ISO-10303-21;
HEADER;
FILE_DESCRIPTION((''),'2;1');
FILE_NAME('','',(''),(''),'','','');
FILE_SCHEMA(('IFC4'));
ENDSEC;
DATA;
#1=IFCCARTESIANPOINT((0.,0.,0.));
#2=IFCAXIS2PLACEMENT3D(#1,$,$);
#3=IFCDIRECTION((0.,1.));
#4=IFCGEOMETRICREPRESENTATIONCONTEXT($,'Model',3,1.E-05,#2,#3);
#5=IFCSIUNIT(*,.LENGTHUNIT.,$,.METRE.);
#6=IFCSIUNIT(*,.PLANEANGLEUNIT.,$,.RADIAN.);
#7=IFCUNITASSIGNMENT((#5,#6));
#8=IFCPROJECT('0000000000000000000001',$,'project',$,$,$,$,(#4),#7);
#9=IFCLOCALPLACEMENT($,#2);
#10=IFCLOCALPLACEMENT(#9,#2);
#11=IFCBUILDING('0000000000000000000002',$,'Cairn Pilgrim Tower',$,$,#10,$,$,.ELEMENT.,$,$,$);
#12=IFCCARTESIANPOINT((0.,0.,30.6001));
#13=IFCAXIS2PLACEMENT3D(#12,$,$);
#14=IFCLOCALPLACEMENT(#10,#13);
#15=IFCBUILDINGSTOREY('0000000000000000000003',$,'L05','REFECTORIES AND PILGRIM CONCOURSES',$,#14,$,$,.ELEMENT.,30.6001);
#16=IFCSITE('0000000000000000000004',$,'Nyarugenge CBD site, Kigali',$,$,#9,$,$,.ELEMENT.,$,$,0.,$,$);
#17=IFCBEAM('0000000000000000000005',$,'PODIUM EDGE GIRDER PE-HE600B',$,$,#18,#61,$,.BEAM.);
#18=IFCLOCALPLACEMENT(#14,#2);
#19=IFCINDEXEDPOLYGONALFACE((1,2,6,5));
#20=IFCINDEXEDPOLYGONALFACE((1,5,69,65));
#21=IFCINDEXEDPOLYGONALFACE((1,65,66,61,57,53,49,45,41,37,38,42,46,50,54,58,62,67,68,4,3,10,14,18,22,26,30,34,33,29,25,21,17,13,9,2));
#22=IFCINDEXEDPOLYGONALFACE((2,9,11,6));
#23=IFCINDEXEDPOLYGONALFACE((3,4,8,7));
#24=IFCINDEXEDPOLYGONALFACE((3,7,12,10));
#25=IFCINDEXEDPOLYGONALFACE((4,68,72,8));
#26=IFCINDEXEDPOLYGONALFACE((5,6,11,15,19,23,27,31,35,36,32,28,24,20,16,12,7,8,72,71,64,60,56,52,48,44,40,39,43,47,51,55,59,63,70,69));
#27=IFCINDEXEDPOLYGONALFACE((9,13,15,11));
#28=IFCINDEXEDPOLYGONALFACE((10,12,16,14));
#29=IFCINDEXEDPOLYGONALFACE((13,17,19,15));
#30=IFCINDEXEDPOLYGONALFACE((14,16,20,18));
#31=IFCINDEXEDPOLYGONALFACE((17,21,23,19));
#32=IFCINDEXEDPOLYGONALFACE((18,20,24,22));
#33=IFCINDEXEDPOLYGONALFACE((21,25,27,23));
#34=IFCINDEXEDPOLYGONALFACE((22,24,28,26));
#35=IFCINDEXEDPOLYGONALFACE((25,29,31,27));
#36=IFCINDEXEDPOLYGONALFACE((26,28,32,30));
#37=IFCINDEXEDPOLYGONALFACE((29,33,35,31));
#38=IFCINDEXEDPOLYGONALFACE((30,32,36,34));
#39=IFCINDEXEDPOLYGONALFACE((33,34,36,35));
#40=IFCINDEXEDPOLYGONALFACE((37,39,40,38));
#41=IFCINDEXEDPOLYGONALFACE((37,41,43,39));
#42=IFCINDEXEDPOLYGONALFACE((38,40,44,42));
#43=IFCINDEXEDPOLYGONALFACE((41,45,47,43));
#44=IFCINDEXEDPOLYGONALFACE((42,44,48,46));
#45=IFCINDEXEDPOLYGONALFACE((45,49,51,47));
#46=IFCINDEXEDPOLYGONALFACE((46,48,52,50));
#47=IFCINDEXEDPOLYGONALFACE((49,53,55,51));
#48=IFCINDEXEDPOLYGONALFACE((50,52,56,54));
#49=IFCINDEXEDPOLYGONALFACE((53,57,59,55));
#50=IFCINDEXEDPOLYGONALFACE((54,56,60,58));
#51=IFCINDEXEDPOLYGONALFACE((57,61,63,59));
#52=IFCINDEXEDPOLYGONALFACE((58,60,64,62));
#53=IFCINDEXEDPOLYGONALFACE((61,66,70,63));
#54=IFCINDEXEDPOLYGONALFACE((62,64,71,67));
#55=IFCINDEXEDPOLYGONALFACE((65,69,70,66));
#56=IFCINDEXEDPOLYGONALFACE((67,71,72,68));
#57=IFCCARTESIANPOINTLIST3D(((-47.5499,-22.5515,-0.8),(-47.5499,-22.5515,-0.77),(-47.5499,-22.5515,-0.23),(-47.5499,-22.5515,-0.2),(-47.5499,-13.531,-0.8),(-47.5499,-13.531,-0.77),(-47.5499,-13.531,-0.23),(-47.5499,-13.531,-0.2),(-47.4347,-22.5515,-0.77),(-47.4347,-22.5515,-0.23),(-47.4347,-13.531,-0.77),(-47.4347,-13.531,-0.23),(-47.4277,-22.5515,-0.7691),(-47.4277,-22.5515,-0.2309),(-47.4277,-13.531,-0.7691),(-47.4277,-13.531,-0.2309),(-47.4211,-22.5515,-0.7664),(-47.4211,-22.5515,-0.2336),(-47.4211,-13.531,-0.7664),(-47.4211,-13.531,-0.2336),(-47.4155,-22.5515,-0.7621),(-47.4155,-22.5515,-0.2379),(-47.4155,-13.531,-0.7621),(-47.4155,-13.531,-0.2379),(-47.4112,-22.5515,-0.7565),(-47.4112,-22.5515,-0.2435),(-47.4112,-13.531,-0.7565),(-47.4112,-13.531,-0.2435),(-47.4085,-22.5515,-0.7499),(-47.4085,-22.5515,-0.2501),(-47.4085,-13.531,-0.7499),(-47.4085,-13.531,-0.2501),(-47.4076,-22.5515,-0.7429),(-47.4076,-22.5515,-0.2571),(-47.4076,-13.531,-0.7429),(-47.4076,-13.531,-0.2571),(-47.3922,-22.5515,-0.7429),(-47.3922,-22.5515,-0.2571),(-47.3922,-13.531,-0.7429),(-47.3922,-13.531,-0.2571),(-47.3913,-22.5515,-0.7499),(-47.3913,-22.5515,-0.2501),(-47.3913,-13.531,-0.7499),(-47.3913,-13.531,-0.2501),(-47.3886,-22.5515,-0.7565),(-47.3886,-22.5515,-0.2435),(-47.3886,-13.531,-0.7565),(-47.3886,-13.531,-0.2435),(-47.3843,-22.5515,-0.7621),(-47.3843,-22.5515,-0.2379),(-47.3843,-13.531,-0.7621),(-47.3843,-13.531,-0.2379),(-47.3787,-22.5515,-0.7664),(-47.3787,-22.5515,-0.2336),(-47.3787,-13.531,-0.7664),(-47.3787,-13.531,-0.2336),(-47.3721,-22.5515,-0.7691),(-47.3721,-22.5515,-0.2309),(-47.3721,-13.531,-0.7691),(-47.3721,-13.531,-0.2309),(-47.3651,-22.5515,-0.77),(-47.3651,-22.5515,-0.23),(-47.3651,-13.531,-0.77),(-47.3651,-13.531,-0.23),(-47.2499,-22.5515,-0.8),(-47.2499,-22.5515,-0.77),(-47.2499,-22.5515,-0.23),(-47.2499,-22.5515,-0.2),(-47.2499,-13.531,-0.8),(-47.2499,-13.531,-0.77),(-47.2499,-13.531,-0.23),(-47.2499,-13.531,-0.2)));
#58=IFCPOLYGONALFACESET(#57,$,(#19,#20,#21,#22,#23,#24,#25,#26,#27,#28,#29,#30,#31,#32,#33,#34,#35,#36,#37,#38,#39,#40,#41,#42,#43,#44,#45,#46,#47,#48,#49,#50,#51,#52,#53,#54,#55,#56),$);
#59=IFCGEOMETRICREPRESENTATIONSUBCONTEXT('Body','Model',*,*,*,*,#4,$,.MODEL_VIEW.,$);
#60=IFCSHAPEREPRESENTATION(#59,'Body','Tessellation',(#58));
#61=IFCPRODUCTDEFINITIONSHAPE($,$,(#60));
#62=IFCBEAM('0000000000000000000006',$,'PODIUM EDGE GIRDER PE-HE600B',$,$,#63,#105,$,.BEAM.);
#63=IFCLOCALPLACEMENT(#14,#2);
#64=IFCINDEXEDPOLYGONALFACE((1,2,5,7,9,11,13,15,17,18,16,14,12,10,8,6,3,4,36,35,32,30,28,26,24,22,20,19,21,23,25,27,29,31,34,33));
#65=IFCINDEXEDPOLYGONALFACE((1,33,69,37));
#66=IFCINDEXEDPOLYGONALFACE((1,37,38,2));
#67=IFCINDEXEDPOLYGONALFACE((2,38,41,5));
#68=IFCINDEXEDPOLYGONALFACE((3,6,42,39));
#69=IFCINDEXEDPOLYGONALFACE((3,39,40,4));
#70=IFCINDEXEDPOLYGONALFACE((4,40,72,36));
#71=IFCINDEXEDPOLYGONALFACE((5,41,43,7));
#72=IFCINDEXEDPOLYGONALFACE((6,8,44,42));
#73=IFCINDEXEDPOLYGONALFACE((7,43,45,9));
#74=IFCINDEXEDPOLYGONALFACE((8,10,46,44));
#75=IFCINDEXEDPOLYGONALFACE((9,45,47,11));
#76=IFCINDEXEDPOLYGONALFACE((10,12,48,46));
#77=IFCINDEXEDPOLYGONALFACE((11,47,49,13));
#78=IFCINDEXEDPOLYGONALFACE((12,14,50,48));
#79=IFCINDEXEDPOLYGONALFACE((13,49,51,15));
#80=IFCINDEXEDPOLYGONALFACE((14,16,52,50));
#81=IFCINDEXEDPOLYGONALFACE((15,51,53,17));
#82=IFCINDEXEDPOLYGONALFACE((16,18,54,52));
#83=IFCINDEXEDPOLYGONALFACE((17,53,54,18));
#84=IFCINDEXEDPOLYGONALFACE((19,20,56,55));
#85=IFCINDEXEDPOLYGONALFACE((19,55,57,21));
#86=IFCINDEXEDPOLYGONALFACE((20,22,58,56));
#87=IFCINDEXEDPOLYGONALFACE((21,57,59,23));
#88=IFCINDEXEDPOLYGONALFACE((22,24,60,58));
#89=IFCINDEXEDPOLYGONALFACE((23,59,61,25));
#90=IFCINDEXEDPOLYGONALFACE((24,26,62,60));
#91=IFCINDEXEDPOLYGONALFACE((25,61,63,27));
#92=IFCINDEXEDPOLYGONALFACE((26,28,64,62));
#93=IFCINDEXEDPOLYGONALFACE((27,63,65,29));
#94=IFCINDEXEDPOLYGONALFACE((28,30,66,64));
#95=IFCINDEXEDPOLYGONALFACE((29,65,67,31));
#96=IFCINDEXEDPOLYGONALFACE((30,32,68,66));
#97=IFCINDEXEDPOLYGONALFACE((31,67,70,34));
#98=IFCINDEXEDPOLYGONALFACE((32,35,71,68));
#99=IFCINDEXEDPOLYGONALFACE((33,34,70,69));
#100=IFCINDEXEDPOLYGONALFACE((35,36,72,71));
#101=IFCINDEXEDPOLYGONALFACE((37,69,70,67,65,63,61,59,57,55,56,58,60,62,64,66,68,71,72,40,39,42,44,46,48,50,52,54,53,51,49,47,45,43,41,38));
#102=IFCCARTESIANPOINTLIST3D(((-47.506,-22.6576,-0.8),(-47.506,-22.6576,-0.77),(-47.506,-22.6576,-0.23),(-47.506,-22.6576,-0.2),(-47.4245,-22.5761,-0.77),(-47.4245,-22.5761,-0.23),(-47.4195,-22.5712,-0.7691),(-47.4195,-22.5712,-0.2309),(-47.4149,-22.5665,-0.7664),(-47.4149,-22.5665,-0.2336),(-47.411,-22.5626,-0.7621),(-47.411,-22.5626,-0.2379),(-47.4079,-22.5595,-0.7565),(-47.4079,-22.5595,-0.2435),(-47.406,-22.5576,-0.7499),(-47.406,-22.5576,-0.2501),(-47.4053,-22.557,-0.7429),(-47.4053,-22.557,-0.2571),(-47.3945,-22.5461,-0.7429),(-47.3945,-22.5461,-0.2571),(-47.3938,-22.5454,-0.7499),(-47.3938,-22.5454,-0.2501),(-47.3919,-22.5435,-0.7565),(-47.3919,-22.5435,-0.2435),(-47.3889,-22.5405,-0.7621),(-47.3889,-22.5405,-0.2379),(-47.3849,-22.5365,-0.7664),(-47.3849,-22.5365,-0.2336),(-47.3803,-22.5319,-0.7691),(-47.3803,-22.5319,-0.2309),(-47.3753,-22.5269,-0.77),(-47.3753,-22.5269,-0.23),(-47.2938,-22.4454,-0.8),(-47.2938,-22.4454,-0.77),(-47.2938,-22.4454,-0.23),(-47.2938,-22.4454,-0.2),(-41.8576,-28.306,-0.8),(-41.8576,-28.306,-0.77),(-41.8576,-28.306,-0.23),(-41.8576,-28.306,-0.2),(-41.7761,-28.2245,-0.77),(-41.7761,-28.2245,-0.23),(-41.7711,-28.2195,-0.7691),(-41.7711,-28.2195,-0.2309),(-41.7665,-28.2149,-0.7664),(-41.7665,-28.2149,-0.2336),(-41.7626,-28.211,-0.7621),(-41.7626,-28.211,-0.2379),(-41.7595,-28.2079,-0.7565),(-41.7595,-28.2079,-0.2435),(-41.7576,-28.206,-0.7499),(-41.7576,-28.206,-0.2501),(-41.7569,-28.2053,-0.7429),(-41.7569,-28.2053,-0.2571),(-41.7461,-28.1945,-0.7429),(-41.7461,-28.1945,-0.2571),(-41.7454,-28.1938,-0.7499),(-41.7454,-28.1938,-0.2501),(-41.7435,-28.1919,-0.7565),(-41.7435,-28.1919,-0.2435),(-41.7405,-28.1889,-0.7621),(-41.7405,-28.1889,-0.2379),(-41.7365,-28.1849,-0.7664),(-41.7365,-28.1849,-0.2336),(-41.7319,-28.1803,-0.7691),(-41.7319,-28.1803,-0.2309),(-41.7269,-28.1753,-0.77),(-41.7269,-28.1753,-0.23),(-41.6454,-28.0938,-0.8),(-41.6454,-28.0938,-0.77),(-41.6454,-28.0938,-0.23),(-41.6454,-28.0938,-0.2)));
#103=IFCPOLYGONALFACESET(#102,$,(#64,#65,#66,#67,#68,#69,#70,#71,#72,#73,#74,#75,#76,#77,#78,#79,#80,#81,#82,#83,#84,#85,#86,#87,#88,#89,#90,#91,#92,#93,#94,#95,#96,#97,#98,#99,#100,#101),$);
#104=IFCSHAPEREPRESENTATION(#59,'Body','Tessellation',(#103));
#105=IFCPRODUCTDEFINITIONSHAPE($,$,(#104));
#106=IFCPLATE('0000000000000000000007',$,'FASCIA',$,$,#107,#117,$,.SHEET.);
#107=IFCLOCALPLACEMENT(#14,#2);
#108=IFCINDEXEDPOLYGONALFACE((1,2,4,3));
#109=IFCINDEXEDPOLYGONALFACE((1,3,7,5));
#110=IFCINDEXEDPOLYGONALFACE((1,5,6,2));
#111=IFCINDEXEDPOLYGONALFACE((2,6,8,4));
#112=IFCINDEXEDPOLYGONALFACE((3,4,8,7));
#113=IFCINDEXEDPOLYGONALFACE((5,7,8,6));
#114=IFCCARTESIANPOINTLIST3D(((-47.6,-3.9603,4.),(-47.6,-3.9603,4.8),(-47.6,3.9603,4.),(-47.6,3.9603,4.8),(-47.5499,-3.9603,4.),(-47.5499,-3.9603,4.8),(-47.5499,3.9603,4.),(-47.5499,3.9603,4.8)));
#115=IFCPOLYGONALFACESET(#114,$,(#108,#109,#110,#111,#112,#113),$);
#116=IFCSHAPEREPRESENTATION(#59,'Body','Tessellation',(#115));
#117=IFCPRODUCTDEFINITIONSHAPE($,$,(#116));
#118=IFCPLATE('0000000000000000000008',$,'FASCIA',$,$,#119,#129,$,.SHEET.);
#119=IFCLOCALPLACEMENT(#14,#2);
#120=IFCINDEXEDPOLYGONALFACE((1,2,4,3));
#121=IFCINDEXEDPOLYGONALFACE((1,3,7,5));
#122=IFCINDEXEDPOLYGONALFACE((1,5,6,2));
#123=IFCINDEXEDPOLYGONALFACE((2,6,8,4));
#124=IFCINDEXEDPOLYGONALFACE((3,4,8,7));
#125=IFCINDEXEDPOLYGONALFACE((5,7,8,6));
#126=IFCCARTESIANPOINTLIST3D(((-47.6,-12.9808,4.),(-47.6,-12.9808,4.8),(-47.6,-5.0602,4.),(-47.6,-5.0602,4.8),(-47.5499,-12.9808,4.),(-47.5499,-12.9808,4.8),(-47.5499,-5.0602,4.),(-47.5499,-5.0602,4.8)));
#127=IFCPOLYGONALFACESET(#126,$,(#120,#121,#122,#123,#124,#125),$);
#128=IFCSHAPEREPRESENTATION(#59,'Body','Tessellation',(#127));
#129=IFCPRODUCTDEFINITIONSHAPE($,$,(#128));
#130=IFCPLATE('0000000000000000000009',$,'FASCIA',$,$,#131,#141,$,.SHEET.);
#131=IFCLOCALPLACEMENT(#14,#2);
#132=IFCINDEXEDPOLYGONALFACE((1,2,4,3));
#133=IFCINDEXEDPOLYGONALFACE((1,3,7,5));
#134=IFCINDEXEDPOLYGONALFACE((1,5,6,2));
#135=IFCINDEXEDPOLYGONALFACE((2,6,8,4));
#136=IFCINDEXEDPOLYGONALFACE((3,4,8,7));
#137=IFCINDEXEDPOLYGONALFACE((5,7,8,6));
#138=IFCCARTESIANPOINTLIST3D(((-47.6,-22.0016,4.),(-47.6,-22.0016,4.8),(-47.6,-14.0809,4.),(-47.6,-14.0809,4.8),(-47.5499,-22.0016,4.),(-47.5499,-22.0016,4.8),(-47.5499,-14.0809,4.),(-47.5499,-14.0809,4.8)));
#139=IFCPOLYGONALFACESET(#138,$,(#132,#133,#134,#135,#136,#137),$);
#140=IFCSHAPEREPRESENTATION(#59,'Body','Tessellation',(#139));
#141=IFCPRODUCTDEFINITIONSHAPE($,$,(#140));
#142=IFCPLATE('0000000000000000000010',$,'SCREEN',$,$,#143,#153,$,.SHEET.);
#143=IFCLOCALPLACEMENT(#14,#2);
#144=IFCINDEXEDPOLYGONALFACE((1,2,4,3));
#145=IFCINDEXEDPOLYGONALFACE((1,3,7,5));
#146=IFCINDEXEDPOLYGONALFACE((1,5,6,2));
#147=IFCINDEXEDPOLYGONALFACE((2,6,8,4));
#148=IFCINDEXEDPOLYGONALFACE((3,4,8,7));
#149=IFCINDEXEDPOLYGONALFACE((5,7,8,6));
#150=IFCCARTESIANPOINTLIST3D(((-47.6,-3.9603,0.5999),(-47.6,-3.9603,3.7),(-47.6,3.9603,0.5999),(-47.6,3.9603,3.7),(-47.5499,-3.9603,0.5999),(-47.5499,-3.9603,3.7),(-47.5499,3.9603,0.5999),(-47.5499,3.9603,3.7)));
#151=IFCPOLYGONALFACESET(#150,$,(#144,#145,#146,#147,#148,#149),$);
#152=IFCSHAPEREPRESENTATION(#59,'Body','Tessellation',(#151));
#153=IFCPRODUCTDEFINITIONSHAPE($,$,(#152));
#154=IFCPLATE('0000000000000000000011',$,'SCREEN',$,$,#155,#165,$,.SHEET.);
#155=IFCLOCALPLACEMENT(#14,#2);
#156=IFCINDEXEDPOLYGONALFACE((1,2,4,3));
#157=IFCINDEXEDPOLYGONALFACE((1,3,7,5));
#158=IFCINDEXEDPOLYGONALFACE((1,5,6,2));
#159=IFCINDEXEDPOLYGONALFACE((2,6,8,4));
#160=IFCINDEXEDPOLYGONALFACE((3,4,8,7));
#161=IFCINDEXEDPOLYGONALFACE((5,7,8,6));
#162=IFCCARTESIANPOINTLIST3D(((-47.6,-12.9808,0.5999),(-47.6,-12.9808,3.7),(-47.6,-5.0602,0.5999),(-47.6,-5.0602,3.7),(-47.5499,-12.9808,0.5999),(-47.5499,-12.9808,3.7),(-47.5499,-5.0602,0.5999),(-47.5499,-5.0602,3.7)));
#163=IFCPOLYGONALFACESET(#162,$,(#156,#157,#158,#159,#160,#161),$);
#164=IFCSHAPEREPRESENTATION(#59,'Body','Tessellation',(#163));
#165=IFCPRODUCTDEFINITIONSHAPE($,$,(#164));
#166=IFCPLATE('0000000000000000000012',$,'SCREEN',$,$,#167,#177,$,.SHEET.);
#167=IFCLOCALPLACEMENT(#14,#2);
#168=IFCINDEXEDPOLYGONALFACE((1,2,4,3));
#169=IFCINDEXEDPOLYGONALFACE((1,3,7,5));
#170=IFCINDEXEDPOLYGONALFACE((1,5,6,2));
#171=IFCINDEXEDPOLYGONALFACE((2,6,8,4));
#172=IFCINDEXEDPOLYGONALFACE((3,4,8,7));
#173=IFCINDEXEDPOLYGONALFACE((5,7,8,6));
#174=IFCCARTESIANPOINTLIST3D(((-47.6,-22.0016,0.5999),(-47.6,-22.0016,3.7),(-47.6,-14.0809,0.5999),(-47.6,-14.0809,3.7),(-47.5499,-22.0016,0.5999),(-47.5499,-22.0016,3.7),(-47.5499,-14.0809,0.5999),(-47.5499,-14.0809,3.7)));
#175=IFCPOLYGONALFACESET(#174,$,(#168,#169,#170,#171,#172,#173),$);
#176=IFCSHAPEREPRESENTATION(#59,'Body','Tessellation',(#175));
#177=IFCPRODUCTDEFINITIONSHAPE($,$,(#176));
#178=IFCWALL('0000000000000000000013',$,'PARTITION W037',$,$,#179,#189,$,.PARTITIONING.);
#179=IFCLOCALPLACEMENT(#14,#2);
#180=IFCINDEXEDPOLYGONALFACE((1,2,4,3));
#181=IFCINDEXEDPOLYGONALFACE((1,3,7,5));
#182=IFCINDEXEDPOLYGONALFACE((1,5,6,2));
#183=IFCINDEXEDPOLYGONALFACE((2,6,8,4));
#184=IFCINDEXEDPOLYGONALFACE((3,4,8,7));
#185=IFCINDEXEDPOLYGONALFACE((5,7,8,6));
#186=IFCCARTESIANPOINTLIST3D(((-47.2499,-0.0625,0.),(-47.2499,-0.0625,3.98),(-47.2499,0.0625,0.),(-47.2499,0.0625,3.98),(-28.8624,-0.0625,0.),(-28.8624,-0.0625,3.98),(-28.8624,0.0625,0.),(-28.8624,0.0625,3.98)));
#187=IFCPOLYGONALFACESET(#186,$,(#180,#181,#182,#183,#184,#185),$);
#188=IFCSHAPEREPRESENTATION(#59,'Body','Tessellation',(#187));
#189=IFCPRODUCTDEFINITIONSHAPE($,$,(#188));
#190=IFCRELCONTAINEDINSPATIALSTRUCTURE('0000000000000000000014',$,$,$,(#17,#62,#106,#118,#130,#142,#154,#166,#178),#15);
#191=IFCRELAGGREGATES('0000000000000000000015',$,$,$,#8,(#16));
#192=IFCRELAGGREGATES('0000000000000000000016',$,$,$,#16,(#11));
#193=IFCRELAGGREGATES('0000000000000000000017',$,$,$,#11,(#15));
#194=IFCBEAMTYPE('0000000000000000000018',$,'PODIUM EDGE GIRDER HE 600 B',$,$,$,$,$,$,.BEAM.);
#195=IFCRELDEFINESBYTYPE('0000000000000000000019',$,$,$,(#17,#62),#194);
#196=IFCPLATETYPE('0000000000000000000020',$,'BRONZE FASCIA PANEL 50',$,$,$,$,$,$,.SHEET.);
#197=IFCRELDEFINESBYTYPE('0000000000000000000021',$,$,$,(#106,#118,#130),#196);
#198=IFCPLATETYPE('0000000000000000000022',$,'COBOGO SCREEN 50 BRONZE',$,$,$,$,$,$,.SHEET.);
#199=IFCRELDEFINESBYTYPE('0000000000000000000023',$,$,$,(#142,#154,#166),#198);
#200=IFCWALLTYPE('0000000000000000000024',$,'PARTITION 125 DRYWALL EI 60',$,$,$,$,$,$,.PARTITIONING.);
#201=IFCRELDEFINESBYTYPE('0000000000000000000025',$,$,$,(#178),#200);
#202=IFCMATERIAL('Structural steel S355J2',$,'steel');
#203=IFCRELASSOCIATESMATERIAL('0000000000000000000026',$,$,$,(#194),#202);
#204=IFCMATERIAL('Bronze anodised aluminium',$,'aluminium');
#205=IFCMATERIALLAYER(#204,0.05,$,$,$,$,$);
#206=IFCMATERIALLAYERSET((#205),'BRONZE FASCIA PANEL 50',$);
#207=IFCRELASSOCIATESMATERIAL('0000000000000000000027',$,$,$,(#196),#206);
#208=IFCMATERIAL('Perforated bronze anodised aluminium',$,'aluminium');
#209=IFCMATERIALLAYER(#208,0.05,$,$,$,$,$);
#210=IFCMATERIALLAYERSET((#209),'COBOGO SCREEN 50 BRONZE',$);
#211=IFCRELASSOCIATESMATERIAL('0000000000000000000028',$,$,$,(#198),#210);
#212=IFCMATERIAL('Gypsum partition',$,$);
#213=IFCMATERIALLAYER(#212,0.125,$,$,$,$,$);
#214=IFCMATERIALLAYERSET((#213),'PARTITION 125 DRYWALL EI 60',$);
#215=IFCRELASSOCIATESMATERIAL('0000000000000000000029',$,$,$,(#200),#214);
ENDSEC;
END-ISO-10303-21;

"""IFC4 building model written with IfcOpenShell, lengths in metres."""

from ifc_helpers import new_model, si_unit, direction, frame, frame_2d, origin, origin_2d, place, context, subcontext, project, spatial, rectangle, i_section, extrude, material, layer, layer_set, material_profile, profile_set, type_object, element, save


model = new_model("IFC4")

# Units and contexts
model_context = context("Model", 3, precision=1e-05, world=origin(), true_north=direction((0.0, 1.0)))
body_context = subcontext(model_context, "Body", "Model", "MODEL_VIEW")
ifc_project = project(units=[si_unit("LENGTHUNIT", "METRE"), si_unit("PLANEANGLEUNIT", "RADIAN")], contexts=[model_context])

# Site, building, storey
site_placement = place(None, origin())
site = spatial("IfcSite", under=ifc_project, at=site_placement, Name="Nyarugenge CBD site, Kigali", CompositionType="ELEMENT", RefElevation=0.0)
building_placement = place(site_placement, origin())
building = spatial("IfcBuilding", under=site, at=building_placement, Name="Cairn Pilgrim Tower", CompositionType="ELEMENT")
storey_placement = place(building_placement, frame((0.0, 0.0, 30.6001)))
storey = spatial("IfcBuildingStorey", under=building, at=storey_placement, Name="L05", Description="REFECTORIES AND PILGRIM CONCOURSES", CompositionType="ELEMENT", Elevation=30.6001)

# Beams
ifc_material_1 = material(Name="Structural steel S355J2", Category="steel")
ifc_material_profile_1 = material_profile(ifc_material_1, i_section(OverallWidth=0.3, OverallDepth=0.6001, WebThickness=0.0154, FlangeThickness=0.03, FilletRadius=0.0271, at=origin_2d()), Name="HEB 600")
ifc_profile_set_1 = profile_set([ifc_material_profile_1], Name="Structural steel S355J2")
beam_type_1 = type_object("IfcBeamType", Name="PODIUM EDGE GIRDER HE 600 B", PredefinedType="BEAM", material=ifc_profile_set_1)
beam_1_placement = place(storey_placement, frame((-47.3999, -13.531, -0.5), z_axis=(0.0, -1.0, 0.0), x_axis=(1.0, 0.0, 0.0)))
element("IfcBeam", 1, at=beam_1_placement, inside=storey, type_object=beam_type_1, Name="PODIUM EDGE GIRDER PE-HE600B", PredefinedType="BEAM", context=body_context, shape_type="SweptSolid", body=[
    extrude(i_section(OverallWidth=0.3, OverallDepth=0.6001, WebThickness=0.0154, FlangeThickness=0.03, FilletRadius=0.0271, at=origin_2d()), origin(), (0.0, 0.0, 1.0), 9.0205),
])
beam_2_placement = place(storey_placement, frame((-47.3999, -22.5515, -0.5), z_axis=(0.707107, -0.707107, 0.0), x_axis=(0.707107, 0.707107, 0.0)))
element("IfcBeam", 2, at=beam_2_placement, inside=storey, type_object=beam_type_1, Name="PODIUM EDGE GIRDER PE-HE600B", PredefinedType="BEAM", context=body_context, shape_type="SweptSolid", body=[
    extrude(i_section(OverallWidth=0.3, OverallDepth=0.6001, WebThickness=0.0154, FlangeThickness=0.03, FilletRadius=0.0271, at=origin_2d()), origin(), (0.0, 0.0, 1.0), 7.988),
])

# Plates
ifc_material_2 = material(Name="Bronze anodised aluminium", Category="aluminium")
ifc_layer_1 = layer(ifc_material_2, 0.05)
ifc_layer_set_1 = layer_set([ifc_layer_1], Name="BRONZE FASCIA PANEL 50")
plate_type_1 = type_object("IfcPlateType", Name="BRONZE FASCIA PANEL 50", PredefinedType="SHEET", material=ifc_layer_set_1)
for number, where, z_axis, x_axis, name in (
    (3, (-47.575, 0.0, 4.0), (0.0, 0.0, 1.0), (0.0, -1.0, 0.0), "FASCIA"),
    (4, (-47.575, -9.0205, 4.0), (0.0, 0.0, 1.0), (0.0, -1.0, 0.0), "FASCIA"),
    (5, (-47.575, -18.0413, 4.0), (0.0, 0.0, 1.0), (0.0, -1.0, 0.0), "FASCIA"),
):
    element("IfcPlate", number, at=place(storey_placement, frame(where, z_axis=z_axis, x_axis=x_axis)), inside=storey, type_object=plate_type_1, Name=name, PredefinedType="SHEET", context=body_context, shape_type="SweptSolid", body=[
        extrude(rectangle(XDim=7.9207, YDim=0.05, at=origin_2d()), origin(), (0.0, 0.0, 1.0), 0.8),
    ])
ifc_material_3 = material(Name="Perforated bronze anodised aluminium", Category="aluminium")
ifc_layer_2 = layer(ifc_material_3, 0.05)
ifc_layer_set_2 = layer_set([ifc_layer_2], Name="COBOGO SCREEN 50 BRONZE")
plate_type_2 = type_object("IfcPlateType", Name="COBOGO SCREEN 50 BRONZE", PredefinedType="SHEET", material=ifc_layer_set_2)
for number, where, z_axis, x_axis, name in (
    (6, (-47.575, 0.0, 0.5999), (0.0, 0.0, 1.0), (0.0, -1.0, 0.0), "SCREEN"),
    (7, (-47.575, -9.0205, 0.5999), (0.0, 0.0, 1.0), (0.0, -1.0, 0.0), "SCREEN"),
    (8, (-47.575, -18.0413, 0.5999), (0.0, 0.0, 1.0), (0.0, -1.0, 0.0), "SCREEN"),
):
    element("IfcPlate", number, at=place(storey_placement, frame(where, z_axis=z_axis, x_axis=x_axis)), inside=storey, type_object=plate_type_2, Name=name, PredefinedType="SHEET", context=body_context, shape_type="SweptSolid", body=[
        extrude(rectangle(XDim=7.9207, YDim=0.05, at=origin_2d()), origin(), (0.0, 0.0, 1.0), 3.1001),
    ])

# Wall
ifc_material_4 = material(Name="Gypsum partition")
ifc_layer_3 = layer(ifc_material_4, 0.125)
ifc_layer_set_3 = layer_set([ifc_layer_3], Name="PARTITION 125 DRYWALL EI 60")
wall_type_1 = type_object("IfcWallType", Name="PARTITION 125 DRYWALL EI 60", PredefinedType="PARTITIONING", material=ifc_layer_set_3)
wall_1_placement = place(storey_placement, frame((-47.25, 0.0, 0.0), z_axis=(0.0, 0.0, 1.0), x_axis=(1.0, 0.0, 0.0)))
element("IfcWall", 9, at=wall_1_placement, inside=storey, type_object=wall_type_1, Name="PARTITION W037", PredefinedType="PARTITIONING", context=body_context, shape_type="SweptSolid", body=[
    extrude(rectangle(XDim=18.3875, YDim=0.125, at=frame_2d((9.1938, 0.0))), origin(), (0.0, 0.0, 1.0), 3.98),
])

save(model, "model.ifc")
